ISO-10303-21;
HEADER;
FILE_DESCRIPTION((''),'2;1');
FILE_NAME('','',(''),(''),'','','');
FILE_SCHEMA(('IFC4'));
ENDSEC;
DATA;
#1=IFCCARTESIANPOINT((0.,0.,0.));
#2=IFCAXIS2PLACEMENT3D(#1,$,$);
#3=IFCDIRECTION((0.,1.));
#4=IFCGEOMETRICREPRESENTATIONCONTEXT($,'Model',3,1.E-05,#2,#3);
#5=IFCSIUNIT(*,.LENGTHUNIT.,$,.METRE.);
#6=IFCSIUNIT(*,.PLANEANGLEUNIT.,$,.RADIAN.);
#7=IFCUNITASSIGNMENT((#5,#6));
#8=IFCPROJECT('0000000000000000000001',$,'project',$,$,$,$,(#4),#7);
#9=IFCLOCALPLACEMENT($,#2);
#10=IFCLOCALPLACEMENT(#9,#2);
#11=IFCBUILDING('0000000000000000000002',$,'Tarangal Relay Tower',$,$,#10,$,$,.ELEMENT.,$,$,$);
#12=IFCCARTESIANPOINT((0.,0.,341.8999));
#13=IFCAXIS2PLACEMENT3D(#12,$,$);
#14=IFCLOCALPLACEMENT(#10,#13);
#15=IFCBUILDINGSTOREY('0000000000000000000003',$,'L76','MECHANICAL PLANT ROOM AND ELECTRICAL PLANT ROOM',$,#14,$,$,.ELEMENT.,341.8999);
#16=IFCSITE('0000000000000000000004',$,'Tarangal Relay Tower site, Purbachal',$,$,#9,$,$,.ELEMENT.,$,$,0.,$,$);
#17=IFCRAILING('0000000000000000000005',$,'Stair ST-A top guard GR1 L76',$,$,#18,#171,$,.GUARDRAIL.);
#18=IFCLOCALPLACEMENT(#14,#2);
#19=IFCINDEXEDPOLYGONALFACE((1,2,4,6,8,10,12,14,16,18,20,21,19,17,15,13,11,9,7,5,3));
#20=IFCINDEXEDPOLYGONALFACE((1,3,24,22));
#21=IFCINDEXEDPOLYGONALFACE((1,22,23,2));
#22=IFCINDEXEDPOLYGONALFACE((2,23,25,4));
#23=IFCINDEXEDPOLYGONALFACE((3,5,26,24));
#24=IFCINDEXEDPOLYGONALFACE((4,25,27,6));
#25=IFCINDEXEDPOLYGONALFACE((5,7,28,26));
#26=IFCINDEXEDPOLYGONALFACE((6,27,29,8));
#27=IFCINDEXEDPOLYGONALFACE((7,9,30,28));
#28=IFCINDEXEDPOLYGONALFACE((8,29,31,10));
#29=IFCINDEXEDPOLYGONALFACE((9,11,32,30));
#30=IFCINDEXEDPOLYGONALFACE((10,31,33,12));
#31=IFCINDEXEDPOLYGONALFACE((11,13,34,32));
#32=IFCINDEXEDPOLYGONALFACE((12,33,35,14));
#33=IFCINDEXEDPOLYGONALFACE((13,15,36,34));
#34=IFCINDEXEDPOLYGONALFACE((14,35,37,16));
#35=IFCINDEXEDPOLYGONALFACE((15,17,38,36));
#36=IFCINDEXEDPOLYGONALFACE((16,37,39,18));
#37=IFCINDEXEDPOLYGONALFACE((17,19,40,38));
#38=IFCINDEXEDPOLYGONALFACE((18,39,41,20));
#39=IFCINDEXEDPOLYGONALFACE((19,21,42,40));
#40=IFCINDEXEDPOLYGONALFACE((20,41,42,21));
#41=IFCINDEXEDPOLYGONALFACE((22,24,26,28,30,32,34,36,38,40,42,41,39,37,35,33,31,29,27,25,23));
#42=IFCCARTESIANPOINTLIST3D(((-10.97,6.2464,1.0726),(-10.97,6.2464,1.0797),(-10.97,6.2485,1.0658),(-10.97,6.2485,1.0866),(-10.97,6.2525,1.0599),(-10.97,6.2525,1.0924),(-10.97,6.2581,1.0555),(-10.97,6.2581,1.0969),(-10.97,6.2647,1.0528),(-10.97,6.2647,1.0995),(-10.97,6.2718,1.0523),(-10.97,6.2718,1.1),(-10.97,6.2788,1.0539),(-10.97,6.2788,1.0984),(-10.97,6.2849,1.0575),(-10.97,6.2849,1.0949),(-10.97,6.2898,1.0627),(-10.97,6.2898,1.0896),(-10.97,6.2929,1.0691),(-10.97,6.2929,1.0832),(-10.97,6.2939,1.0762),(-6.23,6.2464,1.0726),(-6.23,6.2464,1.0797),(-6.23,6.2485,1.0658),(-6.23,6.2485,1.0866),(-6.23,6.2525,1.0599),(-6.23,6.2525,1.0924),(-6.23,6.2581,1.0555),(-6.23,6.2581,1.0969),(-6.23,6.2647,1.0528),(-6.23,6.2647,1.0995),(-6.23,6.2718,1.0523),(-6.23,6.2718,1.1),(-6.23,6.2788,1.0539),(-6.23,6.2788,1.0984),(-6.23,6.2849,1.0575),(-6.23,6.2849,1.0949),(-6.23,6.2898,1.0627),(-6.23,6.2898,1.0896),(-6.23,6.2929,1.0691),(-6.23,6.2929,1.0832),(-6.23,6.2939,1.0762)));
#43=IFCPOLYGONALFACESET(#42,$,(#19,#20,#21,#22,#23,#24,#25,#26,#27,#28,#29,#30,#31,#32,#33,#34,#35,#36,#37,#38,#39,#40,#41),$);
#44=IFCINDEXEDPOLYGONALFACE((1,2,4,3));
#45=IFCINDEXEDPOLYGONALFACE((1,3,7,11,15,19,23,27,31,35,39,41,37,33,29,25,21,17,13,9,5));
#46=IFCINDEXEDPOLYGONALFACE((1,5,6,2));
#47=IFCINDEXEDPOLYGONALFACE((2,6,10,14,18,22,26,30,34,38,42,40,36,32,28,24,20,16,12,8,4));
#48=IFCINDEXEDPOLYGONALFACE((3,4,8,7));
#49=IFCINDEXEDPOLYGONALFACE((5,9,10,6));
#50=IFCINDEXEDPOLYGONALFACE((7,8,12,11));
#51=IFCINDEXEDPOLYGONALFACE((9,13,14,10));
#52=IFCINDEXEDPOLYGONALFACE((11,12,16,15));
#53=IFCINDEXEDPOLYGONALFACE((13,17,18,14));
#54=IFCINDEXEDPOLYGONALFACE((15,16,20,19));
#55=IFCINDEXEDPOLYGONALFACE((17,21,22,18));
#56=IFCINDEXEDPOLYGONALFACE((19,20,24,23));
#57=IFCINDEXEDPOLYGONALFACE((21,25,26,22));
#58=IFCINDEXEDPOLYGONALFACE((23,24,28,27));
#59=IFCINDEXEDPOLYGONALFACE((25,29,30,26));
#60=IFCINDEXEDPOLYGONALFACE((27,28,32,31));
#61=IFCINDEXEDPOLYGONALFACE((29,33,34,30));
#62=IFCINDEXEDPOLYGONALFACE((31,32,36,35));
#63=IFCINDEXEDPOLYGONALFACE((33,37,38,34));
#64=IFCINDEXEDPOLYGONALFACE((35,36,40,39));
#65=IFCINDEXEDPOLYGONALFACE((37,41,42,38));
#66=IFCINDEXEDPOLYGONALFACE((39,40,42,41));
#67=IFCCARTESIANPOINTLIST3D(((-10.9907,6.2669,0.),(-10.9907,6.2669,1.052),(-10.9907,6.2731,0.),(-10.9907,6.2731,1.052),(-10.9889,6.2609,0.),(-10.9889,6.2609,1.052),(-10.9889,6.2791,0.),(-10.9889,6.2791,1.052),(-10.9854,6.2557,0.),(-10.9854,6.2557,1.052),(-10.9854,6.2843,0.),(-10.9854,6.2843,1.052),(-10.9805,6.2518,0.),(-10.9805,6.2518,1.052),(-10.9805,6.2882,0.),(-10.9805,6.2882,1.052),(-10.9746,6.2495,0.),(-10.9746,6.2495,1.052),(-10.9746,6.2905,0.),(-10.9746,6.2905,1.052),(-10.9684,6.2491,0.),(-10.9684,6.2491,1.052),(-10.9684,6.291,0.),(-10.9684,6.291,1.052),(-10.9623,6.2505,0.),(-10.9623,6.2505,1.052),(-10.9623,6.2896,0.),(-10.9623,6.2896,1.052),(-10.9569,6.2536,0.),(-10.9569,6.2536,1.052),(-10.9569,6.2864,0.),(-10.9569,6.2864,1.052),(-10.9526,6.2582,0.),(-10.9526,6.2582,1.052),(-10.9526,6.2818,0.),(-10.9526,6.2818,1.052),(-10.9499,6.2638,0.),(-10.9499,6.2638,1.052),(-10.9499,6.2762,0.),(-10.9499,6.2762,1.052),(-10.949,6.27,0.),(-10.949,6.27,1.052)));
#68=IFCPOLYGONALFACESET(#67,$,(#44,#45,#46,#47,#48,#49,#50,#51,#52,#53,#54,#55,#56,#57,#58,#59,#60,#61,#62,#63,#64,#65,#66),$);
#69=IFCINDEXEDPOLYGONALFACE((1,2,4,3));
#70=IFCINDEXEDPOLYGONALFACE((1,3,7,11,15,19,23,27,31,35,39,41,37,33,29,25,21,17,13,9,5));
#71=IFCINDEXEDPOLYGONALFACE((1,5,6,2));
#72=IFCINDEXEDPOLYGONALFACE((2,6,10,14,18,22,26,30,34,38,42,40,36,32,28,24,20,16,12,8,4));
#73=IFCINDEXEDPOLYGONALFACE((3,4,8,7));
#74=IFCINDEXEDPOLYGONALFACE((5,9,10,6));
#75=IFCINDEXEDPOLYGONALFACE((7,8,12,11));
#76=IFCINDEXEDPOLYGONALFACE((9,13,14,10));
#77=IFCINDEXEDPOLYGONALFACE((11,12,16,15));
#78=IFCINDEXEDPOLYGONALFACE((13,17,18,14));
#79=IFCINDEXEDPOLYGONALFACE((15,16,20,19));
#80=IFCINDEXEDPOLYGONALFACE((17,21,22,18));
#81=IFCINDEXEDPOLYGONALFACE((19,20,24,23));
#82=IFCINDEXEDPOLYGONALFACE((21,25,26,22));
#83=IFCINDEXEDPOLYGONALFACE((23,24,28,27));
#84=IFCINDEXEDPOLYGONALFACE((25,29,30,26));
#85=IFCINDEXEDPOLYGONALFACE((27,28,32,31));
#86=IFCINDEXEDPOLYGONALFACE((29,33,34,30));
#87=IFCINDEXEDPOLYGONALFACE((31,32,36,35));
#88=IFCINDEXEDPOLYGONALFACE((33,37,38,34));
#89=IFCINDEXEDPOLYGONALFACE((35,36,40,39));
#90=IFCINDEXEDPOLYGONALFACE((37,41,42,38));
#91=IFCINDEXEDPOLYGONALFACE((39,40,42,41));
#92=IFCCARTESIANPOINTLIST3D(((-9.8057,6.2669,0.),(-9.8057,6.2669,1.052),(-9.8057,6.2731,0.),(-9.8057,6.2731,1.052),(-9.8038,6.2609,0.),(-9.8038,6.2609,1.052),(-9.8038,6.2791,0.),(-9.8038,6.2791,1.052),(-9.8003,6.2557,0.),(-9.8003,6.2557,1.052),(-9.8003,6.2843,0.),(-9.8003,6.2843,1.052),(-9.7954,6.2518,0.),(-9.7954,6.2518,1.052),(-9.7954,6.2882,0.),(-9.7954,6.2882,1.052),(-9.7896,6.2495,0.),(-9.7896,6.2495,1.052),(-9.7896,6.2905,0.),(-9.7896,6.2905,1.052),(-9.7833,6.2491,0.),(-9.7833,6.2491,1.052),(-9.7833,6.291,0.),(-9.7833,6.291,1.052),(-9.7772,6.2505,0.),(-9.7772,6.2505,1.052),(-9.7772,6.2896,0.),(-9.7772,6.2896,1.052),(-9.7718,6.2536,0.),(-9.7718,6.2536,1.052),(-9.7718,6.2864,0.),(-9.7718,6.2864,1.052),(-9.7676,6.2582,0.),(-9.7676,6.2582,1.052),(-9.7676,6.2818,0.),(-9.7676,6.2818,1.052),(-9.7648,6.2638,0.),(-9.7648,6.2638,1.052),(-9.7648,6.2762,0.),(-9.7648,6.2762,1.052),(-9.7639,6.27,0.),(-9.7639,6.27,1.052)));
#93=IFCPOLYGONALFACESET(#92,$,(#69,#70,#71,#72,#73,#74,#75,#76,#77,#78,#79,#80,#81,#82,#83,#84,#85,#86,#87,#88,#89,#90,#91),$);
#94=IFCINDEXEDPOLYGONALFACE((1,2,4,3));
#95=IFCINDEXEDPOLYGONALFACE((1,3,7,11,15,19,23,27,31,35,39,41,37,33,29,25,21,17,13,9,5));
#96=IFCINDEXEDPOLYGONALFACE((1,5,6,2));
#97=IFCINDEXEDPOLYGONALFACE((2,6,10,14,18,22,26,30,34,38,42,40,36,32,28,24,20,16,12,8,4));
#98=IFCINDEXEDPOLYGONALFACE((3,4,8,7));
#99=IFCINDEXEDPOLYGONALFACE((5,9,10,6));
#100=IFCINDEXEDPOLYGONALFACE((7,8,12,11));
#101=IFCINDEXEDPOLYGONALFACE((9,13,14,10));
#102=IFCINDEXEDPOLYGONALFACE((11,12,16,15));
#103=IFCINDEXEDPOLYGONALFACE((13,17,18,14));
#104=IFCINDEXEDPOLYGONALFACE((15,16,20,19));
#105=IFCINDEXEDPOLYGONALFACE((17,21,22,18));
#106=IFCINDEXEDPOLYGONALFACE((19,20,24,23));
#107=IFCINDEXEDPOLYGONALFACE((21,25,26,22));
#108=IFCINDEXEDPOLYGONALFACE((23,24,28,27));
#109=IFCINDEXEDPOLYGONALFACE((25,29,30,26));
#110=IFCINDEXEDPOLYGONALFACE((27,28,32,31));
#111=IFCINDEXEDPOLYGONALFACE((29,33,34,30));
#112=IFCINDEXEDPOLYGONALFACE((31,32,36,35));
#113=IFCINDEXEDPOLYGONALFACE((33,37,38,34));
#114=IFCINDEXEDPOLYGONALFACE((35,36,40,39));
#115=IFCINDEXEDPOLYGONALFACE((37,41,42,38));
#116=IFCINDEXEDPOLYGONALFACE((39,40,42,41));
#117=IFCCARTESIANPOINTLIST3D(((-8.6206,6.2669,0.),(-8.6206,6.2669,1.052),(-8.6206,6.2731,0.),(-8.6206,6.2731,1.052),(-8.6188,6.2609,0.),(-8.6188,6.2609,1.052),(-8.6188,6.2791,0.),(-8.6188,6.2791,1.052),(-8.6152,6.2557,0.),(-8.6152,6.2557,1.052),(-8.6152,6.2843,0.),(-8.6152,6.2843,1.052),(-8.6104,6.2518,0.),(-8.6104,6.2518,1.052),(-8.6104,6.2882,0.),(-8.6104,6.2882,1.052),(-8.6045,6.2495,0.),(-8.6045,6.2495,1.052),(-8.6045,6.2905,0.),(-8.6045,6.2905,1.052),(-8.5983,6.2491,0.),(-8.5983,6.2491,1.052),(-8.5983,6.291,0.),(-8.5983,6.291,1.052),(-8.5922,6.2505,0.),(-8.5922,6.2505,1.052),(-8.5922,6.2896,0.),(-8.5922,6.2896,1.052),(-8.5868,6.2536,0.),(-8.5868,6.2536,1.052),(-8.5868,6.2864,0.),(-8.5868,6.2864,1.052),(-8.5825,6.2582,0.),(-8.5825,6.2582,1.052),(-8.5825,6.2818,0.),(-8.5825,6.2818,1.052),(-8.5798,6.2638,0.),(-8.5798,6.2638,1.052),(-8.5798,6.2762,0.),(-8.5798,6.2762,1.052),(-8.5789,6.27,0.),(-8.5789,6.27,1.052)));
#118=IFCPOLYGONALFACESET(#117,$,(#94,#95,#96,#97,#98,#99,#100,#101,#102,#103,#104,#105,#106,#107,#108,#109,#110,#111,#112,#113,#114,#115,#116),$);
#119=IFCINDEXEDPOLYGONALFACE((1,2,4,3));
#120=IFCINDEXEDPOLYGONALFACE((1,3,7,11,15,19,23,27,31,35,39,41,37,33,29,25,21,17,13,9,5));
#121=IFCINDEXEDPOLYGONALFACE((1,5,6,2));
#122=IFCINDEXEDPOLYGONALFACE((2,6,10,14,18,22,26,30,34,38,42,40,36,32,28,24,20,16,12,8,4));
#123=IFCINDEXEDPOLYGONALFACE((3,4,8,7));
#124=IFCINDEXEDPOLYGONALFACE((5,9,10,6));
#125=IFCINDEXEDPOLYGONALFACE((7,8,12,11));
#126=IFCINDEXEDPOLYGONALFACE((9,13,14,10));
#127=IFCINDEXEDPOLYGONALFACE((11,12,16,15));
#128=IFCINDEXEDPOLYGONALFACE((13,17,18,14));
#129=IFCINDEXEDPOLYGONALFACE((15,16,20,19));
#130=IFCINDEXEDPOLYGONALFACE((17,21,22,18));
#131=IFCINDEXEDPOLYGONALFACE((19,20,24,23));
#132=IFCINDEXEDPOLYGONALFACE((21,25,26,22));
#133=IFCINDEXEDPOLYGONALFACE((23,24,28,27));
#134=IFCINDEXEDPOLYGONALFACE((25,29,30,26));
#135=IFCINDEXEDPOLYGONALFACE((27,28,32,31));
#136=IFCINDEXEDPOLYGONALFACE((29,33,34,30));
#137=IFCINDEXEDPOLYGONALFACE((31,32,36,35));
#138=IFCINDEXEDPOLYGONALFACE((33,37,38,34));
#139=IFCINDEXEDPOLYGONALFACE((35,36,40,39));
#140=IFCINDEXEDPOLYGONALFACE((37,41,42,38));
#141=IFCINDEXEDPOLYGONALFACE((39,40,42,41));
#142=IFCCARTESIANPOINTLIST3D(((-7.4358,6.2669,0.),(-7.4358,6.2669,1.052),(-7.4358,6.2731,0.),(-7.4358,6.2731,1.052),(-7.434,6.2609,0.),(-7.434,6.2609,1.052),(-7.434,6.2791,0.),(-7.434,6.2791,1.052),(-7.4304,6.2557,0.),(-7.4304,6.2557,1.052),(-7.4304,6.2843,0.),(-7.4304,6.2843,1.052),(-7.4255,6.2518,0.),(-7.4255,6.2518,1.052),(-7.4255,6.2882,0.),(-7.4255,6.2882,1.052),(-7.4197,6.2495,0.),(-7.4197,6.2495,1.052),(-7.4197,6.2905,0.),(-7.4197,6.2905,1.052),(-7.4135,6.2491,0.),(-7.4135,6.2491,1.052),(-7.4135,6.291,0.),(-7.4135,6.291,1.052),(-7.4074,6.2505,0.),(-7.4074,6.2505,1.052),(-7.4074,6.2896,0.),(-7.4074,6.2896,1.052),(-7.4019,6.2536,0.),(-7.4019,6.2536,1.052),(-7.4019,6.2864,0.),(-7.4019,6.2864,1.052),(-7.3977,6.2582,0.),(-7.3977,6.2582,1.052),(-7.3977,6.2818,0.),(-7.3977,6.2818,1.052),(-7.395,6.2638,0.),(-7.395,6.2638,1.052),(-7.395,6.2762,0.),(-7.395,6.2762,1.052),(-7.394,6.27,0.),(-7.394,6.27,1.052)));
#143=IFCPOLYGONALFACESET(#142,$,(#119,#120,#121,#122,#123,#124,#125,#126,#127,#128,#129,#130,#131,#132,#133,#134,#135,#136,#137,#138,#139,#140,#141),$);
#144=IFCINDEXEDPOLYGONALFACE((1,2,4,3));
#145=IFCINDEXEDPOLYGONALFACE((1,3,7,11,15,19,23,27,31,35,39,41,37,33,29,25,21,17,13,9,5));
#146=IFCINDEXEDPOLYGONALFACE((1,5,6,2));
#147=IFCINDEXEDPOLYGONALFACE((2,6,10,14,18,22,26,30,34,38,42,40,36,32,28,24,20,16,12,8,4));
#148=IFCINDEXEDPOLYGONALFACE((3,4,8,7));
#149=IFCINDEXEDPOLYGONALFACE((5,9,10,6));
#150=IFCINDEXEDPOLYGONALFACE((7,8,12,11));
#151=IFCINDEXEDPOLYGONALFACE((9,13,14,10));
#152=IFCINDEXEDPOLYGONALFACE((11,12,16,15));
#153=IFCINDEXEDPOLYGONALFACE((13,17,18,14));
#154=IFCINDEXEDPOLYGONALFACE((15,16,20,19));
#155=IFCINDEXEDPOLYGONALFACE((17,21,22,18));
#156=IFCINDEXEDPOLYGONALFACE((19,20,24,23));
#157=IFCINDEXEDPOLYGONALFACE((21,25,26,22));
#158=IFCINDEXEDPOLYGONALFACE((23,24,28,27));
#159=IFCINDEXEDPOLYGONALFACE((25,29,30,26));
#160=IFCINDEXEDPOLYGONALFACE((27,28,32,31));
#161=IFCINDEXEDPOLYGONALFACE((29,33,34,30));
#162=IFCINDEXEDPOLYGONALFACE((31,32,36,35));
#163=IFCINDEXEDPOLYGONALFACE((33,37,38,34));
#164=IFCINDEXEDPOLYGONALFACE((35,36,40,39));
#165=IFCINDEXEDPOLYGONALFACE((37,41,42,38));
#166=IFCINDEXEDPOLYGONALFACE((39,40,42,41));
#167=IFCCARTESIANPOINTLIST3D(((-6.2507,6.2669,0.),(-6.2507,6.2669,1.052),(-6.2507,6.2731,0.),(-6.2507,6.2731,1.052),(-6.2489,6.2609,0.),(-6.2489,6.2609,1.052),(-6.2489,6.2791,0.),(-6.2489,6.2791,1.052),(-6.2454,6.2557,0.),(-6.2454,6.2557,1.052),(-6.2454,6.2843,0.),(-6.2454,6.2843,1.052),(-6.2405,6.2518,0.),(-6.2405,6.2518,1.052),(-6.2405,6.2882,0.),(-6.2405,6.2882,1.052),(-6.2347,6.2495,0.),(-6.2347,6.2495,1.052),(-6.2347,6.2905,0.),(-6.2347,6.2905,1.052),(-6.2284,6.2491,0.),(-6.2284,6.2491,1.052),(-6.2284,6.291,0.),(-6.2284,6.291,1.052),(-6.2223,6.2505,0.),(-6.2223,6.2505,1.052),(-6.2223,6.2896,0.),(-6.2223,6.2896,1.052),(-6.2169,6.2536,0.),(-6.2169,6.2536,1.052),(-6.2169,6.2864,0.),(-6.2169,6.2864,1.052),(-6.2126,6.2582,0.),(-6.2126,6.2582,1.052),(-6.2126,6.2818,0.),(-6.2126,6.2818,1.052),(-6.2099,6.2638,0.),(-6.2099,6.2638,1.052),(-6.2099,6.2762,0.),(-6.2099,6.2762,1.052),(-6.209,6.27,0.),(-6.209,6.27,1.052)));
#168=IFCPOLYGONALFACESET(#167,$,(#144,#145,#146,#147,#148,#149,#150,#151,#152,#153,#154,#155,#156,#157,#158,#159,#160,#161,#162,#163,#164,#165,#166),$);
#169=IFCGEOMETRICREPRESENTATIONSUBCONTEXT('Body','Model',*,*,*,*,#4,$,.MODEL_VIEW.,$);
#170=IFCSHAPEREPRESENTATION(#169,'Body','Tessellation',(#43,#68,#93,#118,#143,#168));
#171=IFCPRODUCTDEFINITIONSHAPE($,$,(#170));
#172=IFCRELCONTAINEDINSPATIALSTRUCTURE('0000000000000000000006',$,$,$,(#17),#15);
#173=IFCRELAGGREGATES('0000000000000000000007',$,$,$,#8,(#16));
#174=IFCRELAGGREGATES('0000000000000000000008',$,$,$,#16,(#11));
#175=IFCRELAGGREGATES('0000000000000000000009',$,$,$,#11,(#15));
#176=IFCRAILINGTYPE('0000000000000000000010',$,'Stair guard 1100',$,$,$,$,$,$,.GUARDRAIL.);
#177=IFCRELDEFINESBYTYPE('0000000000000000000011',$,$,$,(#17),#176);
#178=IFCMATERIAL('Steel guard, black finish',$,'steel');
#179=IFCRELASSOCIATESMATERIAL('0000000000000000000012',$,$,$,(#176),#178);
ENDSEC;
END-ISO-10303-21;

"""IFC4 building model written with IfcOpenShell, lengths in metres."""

from ifc_helpers import new_model, si_unit, direction, frame, origin, origin_2d, place, context, subcontext, project, spatial, circle, extrude, material, type_object, element, save


model = new_model("IFC4")

# Units and contexts
model_context = context("Model", 3, precision=1e-05, world=origin(), true_north=direction((0.0, 1.0)))
body_context = subcontext(model_context, "Body", "Model", "MODEL_VIEW")
ifc_project = project(units=[si_unit("LENGTHUNIT", "METRE"), si_unit("PLANEANGLEUNIT", "RADIAN")], contexts=[model_context])

# Site, building, storey
site_placement = place(None, origin())
site = spatial("IfcSite", under=ifc_project, at=site_placement, Name="Tarangal Relay Tower site, Purbachal", CompositionType="ELEMENT", RefElevation=0.0)
building_placement = place(site_placement, origin())
building = spatial("IfcBuilding", under=site, at=building_placement, Name="Tarangal Relay Tower", CompositionType="ELEMENT")
storey_placement = place(building_placement, frame((0.0, 0.0, 341.8999)))
storey = spatial("IfcBuildingStorey", under=building, at=storey_placement, Name="L76", Description="MECHANICAL PLANT ROOM AND ELECTRICAL PLANT ROOM", CompositionType="ELEMENT", Elevation=341.8999)

# Railing
ifc_material_1 = material(Name="Steel guard, black finish", Category="steel")
railing_type = type_object("IfcRailingType", Name="Stair guard 1100", PredefinedType="GUARDRAIL", material=ifc_material_1)
railing_placement = place(storey_placement, frame((-10.97, 6.27, 0.0)))
element("IfcRailing", 1, at=railing_placement, inside=storey, type_object=railing_type, Name="Stair ST-A top guard GR1 L76", PredefinedType="GUARDRAIL", context=body_context, shape_type="SweptSolid", body=[
    extrude(circle(Radius=0.0239, at=origin_2d()), frame((0.0, 0.0, 1.0762), z_axis=(1.0, 0.0, 0.0), x_axis=(0.0, 1.0, 0.0)), (0.0, 0.0, 1.0), 4.74),
    extrude(circle(Radius=0.021, at=origin_2d()), origin(), (0.0, 0.0, 1.0), 1.052),
    extrude(circle(Radius=0.021, at=origin_2d()), frame((1.1851, 0.0, 0.0)), (0.0, 0.0, 1.0), 1.052),
    extrude(circle(Radius=0.021, at=origin_2d()), frame((2.3701, 0.0, 0.0)), (0.0, 0.0, 1.0), 1.052),
    extrude(circle(Radius=0.021, at=origin_2d()), frame((3.5549, 0.0, 0.0)), (0.0, 0.0, 1.0), 1.052),
    extrude(circle(Radius=0.021, at=origin_2d()), frame((4.74, 0.0, 0.0)), (0.0, 0.0, 1.0), 1.052),
])

save(model, "model.ifc")
